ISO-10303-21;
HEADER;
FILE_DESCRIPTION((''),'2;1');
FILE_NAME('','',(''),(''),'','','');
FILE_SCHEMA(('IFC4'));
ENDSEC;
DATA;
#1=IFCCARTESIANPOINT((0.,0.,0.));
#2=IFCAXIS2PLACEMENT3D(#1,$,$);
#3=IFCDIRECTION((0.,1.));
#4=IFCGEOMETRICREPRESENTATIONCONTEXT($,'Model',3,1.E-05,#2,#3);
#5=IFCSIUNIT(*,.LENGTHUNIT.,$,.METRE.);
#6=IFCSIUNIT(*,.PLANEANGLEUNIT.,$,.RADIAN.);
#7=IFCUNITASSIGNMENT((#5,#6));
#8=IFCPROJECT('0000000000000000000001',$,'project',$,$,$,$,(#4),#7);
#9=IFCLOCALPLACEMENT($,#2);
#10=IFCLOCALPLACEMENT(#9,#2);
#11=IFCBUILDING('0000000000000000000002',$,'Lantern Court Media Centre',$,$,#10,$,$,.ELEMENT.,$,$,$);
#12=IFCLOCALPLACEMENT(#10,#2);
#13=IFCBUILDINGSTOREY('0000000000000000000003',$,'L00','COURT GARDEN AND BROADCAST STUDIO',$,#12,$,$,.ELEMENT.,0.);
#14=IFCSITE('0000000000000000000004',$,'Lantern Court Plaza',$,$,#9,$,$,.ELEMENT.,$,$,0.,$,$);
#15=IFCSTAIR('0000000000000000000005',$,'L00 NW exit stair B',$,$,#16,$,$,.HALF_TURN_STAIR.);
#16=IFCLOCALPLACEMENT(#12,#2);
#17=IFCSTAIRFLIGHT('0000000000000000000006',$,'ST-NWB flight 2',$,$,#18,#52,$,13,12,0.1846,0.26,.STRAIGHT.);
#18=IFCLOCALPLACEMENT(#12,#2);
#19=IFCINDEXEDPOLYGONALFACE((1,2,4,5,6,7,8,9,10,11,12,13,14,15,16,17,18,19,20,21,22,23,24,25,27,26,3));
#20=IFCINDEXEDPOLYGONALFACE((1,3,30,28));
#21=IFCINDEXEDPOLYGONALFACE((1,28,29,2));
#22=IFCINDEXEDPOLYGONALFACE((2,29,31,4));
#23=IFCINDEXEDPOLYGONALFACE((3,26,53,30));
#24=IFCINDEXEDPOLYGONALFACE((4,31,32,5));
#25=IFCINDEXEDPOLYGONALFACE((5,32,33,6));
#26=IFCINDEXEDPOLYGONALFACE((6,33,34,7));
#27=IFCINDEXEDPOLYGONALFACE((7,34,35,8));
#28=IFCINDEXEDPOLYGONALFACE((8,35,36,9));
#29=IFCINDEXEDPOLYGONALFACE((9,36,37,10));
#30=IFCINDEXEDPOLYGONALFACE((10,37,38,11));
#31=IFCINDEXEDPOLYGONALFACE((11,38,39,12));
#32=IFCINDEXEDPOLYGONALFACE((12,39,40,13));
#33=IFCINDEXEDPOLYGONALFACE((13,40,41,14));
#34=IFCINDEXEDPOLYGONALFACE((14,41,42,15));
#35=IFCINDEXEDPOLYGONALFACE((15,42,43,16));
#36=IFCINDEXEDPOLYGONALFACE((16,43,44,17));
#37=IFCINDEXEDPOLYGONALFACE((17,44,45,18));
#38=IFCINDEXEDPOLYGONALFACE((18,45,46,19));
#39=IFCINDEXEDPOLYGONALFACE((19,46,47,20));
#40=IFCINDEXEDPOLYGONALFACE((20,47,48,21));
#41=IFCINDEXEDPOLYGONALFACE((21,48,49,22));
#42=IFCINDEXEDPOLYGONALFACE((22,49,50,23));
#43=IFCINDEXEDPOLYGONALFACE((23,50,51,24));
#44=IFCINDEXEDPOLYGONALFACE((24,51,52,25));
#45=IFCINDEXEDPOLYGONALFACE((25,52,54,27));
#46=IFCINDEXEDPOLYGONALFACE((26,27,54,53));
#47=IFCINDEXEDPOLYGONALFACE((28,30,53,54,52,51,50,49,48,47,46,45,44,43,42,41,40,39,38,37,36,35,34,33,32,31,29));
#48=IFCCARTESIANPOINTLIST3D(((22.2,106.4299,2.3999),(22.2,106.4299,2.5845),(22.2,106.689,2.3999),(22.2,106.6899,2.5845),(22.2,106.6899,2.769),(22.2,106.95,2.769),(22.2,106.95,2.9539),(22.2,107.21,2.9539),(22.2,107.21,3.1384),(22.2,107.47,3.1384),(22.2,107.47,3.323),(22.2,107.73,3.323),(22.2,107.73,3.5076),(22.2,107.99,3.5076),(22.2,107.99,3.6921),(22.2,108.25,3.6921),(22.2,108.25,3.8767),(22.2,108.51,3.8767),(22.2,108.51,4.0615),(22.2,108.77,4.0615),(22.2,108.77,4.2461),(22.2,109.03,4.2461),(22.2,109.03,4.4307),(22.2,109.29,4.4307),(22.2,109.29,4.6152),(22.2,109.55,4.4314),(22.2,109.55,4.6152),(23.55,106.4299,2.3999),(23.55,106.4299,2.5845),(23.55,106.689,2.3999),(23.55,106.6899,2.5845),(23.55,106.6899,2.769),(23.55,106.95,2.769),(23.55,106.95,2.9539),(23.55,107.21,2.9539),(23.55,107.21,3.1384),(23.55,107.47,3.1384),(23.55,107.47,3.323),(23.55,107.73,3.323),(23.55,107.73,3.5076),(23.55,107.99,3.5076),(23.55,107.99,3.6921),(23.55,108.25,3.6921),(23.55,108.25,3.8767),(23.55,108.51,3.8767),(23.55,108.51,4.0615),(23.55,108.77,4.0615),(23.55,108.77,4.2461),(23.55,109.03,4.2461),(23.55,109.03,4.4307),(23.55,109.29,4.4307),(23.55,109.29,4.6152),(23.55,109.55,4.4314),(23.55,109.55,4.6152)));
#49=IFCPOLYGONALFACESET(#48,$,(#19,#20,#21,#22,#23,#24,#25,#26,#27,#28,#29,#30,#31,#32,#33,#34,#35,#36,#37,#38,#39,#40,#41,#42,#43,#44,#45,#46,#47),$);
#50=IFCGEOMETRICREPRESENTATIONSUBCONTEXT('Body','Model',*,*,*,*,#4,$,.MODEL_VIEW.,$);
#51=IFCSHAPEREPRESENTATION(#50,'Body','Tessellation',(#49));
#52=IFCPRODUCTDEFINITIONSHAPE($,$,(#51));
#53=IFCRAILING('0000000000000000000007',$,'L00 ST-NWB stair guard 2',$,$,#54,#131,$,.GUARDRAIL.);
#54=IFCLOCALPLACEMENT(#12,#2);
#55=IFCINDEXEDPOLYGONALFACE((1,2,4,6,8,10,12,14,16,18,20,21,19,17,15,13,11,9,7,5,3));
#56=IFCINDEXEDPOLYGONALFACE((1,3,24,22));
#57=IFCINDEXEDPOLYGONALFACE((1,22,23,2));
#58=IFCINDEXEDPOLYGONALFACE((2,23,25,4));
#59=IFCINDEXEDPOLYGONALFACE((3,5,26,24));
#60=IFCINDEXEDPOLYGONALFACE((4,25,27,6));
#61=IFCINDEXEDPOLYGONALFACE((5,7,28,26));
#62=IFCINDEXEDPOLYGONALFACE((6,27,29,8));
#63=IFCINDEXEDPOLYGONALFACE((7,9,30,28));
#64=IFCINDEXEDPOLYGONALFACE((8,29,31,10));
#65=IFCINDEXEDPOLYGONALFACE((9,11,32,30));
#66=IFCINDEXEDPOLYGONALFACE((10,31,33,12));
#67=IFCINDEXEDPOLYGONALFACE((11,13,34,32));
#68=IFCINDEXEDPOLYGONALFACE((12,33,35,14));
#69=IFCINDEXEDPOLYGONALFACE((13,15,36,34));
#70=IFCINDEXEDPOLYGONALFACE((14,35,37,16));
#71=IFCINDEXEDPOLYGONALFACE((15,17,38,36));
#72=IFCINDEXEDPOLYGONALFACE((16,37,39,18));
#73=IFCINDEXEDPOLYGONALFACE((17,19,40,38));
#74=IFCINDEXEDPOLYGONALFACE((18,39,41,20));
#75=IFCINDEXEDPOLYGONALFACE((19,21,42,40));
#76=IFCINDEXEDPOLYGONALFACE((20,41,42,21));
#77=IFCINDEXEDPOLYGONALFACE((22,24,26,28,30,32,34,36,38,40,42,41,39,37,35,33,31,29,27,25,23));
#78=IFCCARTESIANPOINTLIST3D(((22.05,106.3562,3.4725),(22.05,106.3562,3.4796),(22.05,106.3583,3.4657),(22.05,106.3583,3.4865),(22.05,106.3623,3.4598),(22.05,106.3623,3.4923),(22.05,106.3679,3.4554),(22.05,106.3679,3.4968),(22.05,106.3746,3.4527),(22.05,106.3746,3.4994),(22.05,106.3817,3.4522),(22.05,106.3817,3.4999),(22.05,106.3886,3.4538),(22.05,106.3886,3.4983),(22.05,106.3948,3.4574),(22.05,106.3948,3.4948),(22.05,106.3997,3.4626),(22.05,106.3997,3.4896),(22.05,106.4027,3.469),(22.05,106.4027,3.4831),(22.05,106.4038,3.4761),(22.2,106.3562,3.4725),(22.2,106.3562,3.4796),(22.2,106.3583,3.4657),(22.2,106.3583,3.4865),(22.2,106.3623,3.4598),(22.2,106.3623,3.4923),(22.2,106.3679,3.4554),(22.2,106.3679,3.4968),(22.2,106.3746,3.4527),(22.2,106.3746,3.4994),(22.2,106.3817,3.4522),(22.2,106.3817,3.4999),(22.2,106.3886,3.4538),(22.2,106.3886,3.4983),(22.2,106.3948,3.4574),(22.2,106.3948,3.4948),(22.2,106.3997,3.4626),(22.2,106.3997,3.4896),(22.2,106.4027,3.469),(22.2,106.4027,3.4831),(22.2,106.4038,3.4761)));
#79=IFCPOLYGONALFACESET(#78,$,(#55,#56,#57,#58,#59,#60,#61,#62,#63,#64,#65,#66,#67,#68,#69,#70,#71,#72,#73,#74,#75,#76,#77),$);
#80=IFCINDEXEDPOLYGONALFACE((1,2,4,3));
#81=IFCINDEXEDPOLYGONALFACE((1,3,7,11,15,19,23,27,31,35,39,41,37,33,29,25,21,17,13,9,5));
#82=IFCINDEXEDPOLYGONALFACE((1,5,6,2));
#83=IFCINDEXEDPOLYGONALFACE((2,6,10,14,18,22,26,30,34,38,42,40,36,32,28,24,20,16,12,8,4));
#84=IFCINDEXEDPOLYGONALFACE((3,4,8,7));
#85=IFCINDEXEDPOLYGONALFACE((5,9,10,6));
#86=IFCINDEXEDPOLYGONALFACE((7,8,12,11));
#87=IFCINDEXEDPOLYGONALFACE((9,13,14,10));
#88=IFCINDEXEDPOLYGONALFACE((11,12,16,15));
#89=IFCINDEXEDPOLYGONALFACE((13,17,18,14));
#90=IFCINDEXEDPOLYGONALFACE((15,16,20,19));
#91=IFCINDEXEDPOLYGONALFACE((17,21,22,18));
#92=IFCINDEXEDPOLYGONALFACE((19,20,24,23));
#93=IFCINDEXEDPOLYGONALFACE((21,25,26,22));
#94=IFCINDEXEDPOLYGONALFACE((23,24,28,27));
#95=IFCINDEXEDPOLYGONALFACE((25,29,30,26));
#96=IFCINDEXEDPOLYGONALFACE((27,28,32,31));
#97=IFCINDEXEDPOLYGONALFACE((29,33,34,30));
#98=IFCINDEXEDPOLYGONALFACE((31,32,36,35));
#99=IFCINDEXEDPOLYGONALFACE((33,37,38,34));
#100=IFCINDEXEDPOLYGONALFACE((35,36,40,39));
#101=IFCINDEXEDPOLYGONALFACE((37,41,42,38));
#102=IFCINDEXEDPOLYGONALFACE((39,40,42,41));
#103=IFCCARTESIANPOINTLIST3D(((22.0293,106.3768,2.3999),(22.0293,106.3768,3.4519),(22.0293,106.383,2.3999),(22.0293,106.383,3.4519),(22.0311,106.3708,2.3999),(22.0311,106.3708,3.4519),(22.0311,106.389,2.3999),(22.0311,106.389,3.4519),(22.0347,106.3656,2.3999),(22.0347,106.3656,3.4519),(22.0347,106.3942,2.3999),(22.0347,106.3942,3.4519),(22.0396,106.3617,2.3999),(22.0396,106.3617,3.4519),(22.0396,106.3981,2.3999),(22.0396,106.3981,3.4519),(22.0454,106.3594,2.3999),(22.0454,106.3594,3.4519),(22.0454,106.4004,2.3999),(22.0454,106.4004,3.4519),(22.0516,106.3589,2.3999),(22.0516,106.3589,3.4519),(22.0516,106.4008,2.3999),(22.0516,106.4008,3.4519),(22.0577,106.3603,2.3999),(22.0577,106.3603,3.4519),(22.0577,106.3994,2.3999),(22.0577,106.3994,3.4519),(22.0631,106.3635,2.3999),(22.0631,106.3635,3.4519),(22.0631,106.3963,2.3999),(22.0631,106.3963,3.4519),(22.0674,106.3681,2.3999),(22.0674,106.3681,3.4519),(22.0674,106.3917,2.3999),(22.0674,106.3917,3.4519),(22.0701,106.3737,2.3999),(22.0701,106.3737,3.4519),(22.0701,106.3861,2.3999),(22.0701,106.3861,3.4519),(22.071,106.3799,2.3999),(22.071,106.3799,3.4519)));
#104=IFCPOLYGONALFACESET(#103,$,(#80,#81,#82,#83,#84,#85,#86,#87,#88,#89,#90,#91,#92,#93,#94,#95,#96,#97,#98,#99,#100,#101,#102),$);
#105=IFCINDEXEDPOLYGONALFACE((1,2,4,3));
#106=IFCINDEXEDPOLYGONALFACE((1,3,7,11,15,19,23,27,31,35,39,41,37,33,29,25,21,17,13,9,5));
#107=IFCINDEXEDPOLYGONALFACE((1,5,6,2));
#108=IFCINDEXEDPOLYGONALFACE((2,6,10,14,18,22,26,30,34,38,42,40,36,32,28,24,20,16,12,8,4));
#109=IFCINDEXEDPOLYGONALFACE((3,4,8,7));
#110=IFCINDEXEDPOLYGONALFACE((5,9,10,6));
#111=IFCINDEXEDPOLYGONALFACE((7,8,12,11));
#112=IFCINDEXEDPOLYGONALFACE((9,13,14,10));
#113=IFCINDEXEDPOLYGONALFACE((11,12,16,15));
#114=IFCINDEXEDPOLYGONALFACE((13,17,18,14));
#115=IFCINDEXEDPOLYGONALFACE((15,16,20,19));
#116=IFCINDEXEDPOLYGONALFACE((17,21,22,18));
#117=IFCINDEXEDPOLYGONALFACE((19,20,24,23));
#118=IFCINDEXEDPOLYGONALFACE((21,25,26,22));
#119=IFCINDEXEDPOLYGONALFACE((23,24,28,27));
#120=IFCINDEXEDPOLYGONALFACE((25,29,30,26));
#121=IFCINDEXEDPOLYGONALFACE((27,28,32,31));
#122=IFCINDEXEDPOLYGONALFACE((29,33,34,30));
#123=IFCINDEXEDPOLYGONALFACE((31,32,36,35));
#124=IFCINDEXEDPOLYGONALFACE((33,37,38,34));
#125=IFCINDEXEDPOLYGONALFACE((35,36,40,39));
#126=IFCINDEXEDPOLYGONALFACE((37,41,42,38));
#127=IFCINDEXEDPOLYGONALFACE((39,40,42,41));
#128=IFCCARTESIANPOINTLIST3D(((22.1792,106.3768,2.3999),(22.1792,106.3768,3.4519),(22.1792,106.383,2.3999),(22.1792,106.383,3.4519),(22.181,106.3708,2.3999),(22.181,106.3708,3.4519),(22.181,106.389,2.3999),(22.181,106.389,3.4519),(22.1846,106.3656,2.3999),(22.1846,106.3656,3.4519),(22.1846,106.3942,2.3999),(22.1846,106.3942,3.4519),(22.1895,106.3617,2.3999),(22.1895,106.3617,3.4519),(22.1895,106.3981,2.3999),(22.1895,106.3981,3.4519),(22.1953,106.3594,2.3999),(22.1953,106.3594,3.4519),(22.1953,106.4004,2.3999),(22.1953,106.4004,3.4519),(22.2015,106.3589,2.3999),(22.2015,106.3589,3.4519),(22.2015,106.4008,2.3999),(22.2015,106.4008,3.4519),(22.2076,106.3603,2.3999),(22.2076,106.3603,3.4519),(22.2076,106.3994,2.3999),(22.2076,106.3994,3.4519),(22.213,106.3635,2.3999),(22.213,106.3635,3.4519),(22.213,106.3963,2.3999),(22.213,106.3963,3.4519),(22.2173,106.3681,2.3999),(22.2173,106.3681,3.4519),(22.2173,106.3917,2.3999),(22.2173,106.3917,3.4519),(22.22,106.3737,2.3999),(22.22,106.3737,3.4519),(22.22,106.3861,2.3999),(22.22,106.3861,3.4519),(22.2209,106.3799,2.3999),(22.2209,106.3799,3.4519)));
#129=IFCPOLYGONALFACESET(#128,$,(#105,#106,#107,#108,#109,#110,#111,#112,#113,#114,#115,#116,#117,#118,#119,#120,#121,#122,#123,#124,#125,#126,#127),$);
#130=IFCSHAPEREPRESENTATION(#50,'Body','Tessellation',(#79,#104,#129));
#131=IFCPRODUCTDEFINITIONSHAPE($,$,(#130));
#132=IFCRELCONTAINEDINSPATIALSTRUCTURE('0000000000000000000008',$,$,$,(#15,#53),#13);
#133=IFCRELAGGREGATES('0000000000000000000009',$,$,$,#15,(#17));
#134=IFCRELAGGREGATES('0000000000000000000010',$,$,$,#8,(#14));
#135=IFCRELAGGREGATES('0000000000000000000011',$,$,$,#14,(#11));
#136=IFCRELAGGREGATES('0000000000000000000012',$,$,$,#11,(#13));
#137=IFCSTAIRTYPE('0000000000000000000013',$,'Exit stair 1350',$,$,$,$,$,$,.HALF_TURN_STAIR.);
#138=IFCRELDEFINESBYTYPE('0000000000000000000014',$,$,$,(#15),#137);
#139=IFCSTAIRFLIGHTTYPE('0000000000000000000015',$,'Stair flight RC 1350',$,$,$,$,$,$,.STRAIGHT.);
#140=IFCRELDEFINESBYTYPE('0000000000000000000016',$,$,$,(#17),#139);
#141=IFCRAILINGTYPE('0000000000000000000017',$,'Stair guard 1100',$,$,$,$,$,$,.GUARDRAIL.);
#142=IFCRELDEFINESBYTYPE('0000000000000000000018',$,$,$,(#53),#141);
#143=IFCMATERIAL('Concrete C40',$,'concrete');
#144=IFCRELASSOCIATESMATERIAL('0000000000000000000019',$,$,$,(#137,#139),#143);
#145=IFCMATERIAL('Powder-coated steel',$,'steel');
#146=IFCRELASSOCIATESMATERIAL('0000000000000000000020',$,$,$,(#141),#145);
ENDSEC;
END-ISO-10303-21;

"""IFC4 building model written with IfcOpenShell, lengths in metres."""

from ifc_helpers import new_model, si_unit, direction, frame, origin, origin_2d, place, context, subcontext, project, spatial, polyline, circle, outline, extrude, material, type_object, element, aggregate, save


model = new_model("IFC4")

# Units and contexts
model_context = context("Model", 3, precision=1e-05, world=origin(), true_north=direction((0.0, 1.0)))
body_context = subcontext(model_context, "Body", "Model", "MODEL_VIEW")
ifc_project = project(units=[si_unit("LENGTHUNIT", "METRE"), si_unit("PLANEANGLEUNIT", "RADIAN")], contexts=[model_context])

# Site, building, storey
site_placement = place(None, origin())
site = spatial("IfcSite", under=ifc_project, at=site_placement, Name="Lantern Court Plaza", CompositionType="ELEMENT", RefElevation=0.0)
building_placement = place(site_placement, origin())
building = spatial("IfcBuilding", under=site, at=building_placement, Name="Lantern Court Media Centre", CompositionType="ELEMENT")
storey_placement = place(building_placement, origin())
storey = spatial("IfcBuildingStorey", under=building, at=storey_placement, Name="L00", Description="COURT GARDEN AND BROADCAST STUDIO", CompositionType="ELEMENT", Elevation=0.0)

# Shared definitions
ifc_material_1 = material(Name="Concrete C40", Category="concrete")

# Stair, stair flight
stair_type = type_object("IfcStairType", Name="Exit stair 1350", PredefinedType="HALF_TURN_STAIR", material=ifc_material_1)
stair_placement = place(storey_placement, origin())
stair = element("IfcStair", 1, at=stair_placement, inside=storey, type_object=stair_type, Name="L00 NW exit stair B", PredefinedType="HALF_TURN_STAIR")
stair_flight_type = type_object("IfcStairFlightType", Name="Stair flight RC 1350", PredefinedType="STRAIGHT", material=ifc_material_1)
stair_flight_placement = place(storey_placement, frame((22.875, 106.4299, 2.3999), z_axis=(0.0, 0.0, 1.0), x_axis=(0.0, 1.0, 0.0)))
stair_flight = element("IfcStairFlight", 2, at=stair_flight_placement, type_object=stair_flight_type, Name="ST-NWB flight 2", NumberOfRisers=13, NumberOfTreads=12, PredefinedType="STRAIGHT", RiserHeight=0.1846, TreadLength=0.26, context=body_context, shape_type="SweptSolid", body=[
    extrude(outline(polyline([(0.0, 0.0), (0.0, 0.1846), (0.26, 0.1846), (0.26, 0.3691), (0.52, 0.3691), (0.52, 0.554), (0.78, 0.554), (0.78, 0.7385), (1.04, 0.7385), (1.04, 0.9231), (1.3, 0.9231), (1.3, 1.1077), (1.5601, 1.1077), (1.5601, 1.2922), (1.8201, 1.2922), (1.8201, 1.4768), (2.0801, 1.4768), (2.0801, 1.6616), (2.3401, 1.6616), (2.3401, 1.8462), (2.6001, 1.8462), (2.6001, 2.0308), (2.8601, 2.0308), (2.8601, 2.2153), (3.1201, 2.2153), (3.1201, 2.3999), (3.1201, 2.0315), (0.259, 0.0), (0.0, 0.0)])), frame((0.0, 0.675, 0.0), z_axis=(0.0, -1.0, 0.0), x_axis=(1.0, 0.0, 0.0)), (0.0, 0.0, 1.0), 1.3501),
])
aggregate(stair, [stair_flight])

# Railing
ifc_material_2 = material(Name="Powder-coated steel", Category="steel")
railing_type_1 = type_object("IfcRailingType", Name="Stair guard 1100", PredefinedType="GUARDRAIL", material=ifc_material_2)
railing_1_placement = place(storey_placement, frame((22.05, 106.3799, 2.3999)))
element("IfcRailing", 3, at=railing_1_placement, inside=storey, type_object=railing_type_1, Name="L00 ST-NWB stair guard 2", PredefinedType="GUARDRAIL", context=body_context, shape_type="SweptSolid", body=[
    extrude(circle(Radius=0.0239, at=origin_2d()), frame((0.0, 0.0, 1.0762), z_axis=(1.0, 0.0, 0.0), x_axis=(0.0, 1.0, 0.0)), (0.0, 0.0, 1.0), 0.1499),
    extrude(circle(Radius=0.021, at=origin_2d()), origin(), (0.0, 0.0, 1.0), 1.052),
    extrude(circle(Radius=0.021, at=origin_2d()), frame((0.1499, 0.0, 0.0)), (0.0, 0.0, 1.0), 1.052),
])

save(model, "model.ifc")
